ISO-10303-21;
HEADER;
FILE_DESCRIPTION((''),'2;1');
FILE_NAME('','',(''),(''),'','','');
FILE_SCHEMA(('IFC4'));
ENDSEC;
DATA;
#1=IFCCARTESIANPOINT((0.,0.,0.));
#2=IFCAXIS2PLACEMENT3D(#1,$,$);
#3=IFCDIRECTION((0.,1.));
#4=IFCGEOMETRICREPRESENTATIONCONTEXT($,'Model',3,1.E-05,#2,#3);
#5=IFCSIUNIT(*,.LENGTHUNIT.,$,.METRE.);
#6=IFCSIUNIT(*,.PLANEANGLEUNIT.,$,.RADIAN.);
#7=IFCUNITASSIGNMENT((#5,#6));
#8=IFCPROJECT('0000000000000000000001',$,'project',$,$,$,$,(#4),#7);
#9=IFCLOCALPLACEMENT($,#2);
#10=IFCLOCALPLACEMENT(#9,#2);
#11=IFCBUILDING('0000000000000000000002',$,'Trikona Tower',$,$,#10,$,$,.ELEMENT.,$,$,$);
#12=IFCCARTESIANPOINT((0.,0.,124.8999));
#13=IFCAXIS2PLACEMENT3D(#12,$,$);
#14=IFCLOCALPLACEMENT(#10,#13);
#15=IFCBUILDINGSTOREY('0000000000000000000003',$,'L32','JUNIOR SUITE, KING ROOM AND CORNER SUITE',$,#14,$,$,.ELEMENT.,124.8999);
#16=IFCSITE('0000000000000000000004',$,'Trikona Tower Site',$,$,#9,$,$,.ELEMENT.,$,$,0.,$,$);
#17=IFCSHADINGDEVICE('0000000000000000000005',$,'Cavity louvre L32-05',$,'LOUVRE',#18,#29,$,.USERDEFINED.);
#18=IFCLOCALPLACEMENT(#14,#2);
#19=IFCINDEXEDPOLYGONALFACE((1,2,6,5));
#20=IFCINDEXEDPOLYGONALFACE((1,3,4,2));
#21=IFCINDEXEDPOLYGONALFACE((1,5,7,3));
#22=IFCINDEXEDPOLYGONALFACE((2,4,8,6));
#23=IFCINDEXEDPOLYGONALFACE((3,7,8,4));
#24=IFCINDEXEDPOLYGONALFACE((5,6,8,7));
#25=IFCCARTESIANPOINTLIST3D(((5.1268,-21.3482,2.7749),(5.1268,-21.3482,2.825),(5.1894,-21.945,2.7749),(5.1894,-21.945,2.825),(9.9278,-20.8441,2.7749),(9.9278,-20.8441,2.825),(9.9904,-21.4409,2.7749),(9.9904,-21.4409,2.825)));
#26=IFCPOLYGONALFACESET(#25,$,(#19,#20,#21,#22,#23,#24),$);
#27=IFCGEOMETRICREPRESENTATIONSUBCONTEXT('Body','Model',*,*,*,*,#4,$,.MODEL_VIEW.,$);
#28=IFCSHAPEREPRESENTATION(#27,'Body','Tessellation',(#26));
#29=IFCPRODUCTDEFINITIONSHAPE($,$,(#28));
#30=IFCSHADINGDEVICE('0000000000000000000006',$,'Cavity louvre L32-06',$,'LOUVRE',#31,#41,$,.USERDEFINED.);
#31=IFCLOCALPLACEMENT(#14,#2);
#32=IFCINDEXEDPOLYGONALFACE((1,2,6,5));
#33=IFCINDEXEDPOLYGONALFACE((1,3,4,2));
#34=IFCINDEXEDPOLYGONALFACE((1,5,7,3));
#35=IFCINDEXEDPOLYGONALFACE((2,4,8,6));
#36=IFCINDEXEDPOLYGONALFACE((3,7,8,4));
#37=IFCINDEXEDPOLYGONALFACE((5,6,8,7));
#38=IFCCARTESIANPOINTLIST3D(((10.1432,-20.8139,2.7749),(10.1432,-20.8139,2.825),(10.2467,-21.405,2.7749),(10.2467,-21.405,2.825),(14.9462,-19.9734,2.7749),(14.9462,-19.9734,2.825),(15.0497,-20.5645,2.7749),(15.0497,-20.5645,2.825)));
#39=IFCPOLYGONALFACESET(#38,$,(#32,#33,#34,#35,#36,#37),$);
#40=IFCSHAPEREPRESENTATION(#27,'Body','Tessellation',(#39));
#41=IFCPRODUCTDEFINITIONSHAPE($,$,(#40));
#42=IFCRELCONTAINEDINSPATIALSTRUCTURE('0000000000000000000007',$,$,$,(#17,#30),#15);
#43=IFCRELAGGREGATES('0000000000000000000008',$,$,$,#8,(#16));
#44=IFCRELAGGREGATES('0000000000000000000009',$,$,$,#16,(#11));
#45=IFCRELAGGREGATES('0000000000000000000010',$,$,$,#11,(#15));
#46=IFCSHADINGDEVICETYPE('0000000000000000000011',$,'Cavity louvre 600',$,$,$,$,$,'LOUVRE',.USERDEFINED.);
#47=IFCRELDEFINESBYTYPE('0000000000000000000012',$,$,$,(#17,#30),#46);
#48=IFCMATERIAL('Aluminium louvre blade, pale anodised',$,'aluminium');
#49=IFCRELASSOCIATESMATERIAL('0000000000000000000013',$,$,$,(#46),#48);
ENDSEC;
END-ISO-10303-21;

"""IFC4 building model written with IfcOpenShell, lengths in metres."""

from ifc_helpers import new_model, si_unit, direction, frame, origin, origin_2d, place, context, subcontext, project, spatial, rectangle, extrude, material, type_object, element, save


model = new_model("IFC4")

# Units and contexts
model_context = context("Model", 3, precision=1e-05, world=origin(), true_north=direction((0.0, 1.0)))
body_context = subcontext(model_context, "Body", "Model", "MODEL_VIEW")
ifc_project = project(units=[si_unit("LENGTHUNIT", "METRE"), si_unit("PLANEANGLEUNIT", "RADIAN")], contexts=[model_context])

# Site, building, storey
site_placement = place(None, origin())
site = spatial("IfcSite", under=ifc_project, at=site_placement, Name="Trikona Tower Site", CompositionType="ELEMENT", RefElevation=0.0)
building_placement = place(site_placement, origin())
building = spatial("IfcBuilding", under=site, at=building_placement, Name="Trikona Tower", CompositionType="ELEMENT")
storey_placement = place(building_placement, frame((0.0, 0.0, 124.8999)))
storey = spatial("IfcBuildingStorey", under=building, at=storey_placement, Name="L32", Description="JUNIOR SUITE, KING ROOM AND CORNER SUITE", CompositionType="ELEMENT", Elevation=124.8999)

# Shading devices
ifc_material_1 = material(Name="Aluminium louvre blade, pale anodised", Category="aluminium")
shading_device_type = type_object("IfcShadingDeviceType", Name="Cavity louvre 600", ElementType="LOUVRE", PredefinedType="USERDEFINED", material=ifc_material_1)
shading_device_1_placement = place(storey_placement, frame((7.5586, -21.3945, 2.7749), z_axis=(0.0, 0.0, 1.0), x_axis=(0.994533, 0.104426, 0.0)))
element("IfcShadingDevice", 1, at=shading_device_1_placement, inside=storey, type_object=shading_device_type, Name="Cavity louvre L32-05", ObjectType="LOUVRE", PredefinedType="USERDEFINED", context=body_context, shape_type="SweptSolid", body=[
    extrude(rectangle(XDim=4.8274, YDim=0.6001, at=origin_2d()), origin(), (0.0, 0.0, 1.0), 0.05),
])
shading_device_2_placement = place(storey_placement, frame((12.5964, -20.6892, 2.7749), z_axis=(0.0, 0.0, 1.0), x_axis=(0.985031, 0.17238, 0.0)))
element("IfcShadingDevice", 2, at=shading_device_2_placement, inside=storey, type_object=shading_device_type, Name="Cavity louvre L32-06", ObjectType="LOUVRE", PredefinedType="USERDEFINED", context=body_context, shape_type="SweptSolid", body=[
    extrude(rectangle(XDim=4.876, YDim=0.6001, at=origin_2d()), origin(), (0.0, 0.0, 1.0), 0.05),
])

save(model, "model.ifc")
